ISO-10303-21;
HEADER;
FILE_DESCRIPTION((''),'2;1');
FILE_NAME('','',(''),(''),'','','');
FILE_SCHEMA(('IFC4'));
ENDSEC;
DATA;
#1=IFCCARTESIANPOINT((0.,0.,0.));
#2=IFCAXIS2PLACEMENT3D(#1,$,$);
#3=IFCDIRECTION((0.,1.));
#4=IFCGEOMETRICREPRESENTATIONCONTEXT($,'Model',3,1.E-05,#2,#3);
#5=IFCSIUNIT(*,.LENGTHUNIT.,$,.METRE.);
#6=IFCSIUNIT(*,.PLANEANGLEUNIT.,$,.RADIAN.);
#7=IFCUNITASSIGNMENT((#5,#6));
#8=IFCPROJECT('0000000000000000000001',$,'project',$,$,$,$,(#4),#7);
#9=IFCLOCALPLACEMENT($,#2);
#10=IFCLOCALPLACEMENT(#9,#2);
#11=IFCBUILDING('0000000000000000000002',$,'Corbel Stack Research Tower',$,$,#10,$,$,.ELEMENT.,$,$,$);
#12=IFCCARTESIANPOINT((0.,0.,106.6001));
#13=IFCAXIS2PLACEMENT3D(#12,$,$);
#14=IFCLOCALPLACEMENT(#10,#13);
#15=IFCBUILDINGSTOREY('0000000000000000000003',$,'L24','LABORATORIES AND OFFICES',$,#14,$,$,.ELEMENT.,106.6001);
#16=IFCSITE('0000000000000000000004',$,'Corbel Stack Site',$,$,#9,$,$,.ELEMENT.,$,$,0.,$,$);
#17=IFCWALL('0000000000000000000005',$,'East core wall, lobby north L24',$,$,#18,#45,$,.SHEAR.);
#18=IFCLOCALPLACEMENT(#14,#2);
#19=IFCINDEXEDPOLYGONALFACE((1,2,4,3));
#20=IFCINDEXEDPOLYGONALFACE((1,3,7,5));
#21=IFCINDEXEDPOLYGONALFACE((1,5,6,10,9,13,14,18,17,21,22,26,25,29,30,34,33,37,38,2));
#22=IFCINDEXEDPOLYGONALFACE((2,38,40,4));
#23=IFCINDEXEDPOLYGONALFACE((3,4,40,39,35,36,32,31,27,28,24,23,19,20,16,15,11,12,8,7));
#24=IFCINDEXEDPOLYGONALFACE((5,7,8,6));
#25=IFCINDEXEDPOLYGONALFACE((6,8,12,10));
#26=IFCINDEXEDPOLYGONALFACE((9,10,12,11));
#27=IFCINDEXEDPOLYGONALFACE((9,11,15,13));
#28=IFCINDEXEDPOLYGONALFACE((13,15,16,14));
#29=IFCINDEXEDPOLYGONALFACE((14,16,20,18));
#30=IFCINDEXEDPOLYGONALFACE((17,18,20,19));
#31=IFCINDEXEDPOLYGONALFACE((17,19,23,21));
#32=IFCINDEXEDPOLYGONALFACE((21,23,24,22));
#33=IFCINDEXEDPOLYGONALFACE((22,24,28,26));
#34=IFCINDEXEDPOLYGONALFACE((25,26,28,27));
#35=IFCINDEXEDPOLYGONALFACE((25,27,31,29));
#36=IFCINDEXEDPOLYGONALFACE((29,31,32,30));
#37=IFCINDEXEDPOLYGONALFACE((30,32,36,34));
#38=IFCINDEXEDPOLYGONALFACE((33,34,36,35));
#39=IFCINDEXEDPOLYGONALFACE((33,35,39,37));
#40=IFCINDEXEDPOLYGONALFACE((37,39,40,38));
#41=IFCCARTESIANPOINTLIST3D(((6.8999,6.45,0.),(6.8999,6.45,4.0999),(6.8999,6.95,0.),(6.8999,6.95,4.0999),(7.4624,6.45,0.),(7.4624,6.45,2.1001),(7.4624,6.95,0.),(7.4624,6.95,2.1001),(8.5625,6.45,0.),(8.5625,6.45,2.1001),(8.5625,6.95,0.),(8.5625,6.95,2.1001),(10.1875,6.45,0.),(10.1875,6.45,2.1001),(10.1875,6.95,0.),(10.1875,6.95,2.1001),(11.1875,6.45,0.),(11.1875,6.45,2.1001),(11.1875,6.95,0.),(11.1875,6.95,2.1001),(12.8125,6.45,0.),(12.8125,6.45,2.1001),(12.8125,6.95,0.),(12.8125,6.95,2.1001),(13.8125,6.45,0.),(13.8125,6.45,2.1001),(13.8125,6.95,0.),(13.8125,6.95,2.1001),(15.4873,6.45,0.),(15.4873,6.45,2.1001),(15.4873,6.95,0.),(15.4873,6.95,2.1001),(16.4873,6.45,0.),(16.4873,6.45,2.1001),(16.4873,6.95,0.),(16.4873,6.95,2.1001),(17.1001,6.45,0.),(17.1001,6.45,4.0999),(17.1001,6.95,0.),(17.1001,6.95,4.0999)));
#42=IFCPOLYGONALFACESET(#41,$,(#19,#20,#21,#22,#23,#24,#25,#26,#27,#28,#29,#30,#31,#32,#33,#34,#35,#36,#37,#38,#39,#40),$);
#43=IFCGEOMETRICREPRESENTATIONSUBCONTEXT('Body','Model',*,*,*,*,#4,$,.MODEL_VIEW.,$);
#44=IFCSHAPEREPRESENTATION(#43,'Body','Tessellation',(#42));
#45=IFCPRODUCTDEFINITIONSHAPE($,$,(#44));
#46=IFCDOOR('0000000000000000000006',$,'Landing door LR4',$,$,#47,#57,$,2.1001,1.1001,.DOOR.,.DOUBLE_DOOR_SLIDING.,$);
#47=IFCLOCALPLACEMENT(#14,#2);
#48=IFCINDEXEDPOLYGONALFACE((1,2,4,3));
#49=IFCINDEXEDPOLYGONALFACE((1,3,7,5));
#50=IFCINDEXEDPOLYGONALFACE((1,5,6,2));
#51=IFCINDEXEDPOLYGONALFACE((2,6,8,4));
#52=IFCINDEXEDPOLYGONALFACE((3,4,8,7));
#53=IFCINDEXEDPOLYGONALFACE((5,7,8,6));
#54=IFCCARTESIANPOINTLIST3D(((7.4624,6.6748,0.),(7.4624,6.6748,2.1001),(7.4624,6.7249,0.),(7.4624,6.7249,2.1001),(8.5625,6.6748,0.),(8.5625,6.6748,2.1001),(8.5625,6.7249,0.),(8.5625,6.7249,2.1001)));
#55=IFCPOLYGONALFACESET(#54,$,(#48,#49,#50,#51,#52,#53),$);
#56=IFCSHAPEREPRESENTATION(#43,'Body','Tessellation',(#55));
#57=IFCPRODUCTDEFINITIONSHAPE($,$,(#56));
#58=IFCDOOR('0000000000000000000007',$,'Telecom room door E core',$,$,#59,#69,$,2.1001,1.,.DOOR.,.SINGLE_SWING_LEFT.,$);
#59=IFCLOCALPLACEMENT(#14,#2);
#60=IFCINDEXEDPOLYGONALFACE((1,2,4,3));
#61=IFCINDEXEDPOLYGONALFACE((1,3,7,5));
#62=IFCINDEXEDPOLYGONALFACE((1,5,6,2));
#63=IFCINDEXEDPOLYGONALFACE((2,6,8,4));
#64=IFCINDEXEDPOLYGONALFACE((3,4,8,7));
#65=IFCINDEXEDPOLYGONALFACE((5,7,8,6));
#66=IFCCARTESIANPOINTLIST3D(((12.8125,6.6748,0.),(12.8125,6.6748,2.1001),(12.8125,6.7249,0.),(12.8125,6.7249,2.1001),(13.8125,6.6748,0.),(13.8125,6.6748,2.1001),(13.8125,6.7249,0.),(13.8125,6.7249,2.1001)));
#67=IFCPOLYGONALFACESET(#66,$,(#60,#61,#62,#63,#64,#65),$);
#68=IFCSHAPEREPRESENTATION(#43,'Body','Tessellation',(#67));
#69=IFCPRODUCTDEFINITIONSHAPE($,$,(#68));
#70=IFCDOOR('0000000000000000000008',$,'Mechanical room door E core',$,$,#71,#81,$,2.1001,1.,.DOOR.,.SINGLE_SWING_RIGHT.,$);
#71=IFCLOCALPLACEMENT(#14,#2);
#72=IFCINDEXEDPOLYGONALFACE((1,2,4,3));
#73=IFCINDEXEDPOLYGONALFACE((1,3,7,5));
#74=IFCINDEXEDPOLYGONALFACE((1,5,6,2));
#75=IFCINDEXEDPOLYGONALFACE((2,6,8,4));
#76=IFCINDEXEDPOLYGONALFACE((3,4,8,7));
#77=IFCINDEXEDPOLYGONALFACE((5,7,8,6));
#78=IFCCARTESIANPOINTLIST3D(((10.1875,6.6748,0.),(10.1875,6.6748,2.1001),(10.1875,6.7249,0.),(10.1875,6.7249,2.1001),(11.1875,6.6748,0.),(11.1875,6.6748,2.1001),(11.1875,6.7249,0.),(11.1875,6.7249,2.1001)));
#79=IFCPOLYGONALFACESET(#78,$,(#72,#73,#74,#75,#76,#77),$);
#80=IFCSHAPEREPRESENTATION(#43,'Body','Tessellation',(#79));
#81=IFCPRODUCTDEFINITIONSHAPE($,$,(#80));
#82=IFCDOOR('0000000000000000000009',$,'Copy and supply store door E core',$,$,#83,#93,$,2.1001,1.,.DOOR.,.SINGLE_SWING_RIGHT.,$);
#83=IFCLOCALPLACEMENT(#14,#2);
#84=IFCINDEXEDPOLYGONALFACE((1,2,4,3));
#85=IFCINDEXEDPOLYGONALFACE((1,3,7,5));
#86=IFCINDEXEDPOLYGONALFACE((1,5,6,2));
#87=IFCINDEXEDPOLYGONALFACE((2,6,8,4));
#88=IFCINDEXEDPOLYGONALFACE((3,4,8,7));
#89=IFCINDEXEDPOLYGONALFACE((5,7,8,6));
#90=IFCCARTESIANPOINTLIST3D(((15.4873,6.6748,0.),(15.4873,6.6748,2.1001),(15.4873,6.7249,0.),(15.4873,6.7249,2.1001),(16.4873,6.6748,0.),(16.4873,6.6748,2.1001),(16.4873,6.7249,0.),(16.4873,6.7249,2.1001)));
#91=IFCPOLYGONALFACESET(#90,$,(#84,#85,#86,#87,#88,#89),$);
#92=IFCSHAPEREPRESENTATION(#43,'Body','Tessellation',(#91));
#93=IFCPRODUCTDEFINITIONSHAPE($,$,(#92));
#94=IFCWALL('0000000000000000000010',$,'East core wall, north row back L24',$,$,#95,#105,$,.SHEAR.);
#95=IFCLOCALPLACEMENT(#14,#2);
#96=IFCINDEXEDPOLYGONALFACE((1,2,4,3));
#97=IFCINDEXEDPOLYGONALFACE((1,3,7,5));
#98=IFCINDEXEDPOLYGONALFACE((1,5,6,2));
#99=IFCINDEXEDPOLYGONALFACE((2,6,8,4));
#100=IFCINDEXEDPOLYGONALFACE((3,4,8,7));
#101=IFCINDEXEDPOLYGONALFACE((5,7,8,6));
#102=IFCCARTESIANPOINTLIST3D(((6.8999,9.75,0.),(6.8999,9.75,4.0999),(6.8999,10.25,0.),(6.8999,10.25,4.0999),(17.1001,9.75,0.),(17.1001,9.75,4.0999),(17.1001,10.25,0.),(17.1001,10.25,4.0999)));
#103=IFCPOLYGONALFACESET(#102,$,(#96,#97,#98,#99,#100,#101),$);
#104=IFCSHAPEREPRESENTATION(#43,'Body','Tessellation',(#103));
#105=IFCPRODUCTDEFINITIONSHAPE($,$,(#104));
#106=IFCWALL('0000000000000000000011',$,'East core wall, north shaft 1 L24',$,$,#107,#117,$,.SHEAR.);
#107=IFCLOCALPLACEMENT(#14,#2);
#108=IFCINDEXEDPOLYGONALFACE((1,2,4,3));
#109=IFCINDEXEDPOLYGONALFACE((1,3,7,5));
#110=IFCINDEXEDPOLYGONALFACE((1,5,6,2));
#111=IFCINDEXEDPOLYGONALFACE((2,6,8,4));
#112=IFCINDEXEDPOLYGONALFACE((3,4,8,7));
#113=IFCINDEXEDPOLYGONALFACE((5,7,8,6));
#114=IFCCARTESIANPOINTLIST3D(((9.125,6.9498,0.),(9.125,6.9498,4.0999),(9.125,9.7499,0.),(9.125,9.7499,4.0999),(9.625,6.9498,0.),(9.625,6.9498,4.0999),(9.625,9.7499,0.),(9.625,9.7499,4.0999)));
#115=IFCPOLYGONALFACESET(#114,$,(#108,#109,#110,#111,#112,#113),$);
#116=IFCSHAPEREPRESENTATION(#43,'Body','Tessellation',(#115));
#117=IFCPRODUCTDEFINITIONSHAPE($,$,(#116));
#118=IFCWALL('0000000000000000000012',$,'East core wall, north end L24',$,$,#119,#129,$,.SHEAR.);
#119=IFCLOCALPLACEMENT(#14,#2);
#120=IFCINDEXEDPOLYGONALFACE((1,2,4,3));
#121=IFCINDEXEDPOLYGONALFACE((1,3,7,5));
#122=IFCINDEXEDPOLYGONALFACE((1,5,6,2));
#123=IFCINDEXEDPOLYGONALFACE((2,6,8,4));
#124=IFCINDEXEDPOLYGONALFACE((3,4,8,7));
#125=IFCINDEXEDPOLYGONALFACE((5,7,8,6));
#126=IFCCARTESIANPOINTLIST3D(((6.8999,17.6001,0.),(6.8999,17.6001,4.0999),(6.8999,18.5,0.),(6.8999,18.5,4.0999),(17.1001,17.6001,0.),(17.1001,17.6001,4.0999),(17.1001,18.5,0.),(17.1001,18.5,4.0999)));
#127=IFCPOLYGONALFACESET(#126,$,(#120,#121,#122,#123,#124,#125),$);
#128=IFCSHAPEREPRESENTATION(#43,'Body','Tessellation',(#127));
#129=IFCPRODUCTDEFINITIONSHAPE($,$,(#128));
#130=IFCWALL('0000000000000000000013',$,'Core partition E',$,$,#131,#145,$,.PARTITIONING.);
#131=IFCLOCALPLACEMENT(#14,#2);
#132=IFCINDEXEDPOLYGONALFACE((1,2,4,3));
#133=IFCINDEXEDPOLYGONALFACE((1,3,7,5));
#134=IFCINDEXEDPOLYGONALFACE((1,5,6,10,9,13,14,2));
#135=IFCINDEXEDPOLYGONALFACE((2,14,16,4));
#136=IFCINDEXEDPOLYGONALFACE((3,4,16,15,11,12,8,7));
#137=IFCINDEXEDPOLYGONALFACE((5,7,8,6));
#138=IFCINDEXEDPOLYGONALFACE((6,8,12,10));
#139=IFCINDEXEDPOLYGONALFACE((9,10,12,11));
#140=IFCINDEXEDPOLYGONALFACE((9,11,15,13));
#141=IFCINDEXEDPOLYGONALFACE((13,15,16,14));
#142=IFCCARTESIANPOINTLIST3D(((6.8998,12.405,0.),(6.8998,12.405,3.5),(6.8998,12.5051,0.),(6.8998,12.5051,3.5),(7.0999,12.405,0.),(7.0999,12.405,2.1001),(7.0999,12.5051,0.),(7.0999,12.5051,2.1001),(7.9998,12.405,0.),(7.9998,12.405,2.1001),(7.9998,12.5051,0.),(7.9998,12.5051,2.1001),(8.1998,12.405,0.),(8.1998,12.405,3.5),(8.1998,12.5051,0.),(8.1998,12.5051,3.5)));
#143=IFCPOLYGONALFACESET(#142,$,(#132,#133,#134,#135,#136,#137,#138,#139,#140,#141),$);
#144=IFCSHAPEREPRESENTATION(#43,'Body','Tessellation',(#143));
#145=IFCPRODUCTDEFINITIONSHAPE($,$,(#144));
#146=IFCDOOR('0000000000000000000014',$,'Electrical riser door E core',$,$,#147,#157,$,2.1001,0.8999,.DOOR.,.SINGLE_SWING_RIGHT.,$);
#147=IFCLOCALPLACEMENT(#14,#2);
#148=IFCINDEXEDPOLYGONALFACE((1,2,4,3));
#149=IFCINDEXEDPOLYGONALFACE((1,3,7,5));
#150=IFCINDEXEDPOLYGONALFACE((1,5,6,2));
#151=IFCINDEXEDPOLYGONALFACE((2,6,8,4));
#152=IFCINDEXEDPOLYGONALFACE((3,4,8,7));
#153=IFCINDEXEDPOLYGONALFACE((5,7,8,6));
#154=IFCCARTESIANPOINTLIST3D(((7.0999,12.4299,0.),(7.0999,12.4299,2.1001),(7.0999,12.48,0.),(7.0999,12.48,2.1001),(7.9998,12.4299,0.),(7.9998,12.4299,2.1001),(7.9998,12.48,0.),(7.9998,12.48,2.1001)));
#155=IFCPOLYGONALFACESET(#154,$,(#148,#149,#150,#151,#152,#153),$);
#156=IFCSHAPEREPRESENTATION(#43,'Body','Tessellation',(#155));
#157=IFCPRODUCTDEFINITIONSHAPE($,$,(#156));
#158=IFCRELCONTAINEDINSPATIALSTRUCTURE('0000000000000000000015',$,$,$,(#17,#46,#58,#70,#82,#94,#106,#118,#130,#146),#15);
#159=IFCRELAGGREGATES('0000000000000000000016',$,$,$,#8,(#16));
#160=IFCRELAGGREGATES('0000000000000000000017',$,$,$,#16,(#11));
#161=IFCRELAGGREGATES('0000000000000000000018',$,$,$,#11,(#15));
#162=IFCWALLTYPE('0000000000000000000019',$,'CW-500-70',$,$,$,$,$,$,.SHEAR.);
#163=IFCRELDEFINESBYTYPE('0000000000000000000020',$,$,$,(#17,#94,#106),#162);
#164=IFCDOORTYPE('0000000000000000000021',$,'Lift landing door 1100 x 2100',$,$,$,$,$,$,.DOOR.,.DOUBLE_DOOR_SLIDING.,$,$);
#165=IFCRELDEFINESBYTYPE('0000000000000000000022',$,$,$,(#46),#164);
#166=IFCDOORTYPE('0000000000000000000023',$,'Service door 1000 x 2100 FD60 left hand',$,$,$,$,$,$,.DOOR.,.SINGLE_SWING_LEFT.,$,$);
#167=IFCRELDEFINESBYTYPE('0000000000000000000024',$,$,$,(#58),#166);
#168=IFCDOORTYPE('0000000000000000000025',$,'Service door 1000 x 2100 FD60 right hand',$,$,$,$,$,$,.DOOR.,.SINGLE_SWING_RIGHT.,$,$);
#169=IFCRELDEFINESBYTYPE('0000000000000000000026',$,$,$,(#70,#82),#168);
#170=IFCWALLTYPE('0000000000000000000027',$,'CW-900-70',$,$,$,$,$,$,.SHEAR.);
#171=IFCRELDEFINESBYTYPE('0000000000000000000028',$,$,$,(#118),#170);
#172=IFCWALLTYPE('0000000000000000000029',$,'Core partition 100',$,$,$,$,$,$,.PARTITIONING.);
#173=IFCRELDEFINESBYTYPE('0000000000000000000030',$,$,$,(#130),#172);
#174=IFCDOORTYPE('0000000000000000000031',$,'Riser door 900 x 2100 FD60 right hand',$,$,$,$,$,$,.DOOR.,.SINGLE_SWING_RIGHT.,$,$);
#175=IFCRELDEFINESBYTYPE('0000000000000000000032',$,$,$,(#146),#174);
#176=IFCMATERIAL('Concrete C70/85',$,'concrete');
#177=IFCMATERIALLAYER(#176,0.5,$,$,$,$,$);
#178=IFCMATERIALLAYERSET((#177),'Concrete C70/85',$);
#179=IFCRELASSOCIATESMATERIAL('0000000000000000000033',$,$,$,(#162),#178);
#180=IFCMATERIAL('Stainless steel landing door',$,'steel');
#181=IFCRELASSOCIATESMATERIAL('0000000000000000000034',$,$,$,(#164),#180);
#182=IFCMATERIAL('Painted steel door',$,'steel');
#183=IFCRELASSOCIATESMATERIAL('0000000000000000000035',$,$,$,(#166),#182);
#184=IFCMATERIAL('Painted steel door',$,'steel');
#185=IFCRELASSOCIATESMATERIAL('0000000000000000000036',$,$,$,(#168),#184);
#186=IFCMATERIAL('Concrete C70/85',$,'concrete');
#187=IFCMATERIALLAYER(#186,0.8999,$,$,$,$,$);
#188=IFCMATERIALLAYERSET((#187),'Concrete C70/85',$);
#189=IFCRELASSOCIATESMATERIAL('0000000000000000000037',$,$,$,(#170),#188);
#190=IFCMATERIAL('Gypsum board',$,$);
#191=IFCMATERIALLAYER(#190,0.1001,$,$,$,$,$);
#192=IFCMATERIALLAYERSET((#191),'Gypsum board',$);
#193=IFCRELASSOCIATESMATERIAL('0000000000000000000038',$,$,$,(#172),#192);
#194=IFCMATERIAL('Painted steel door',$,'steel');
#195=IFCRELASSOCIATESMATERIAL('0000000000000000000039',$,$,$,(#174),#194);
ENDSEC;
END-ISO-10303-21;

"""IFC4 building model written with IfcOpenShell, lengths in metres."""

from ifc_helpers import new_model, si_unit, direction, frame, frame_2d, origin, place, context, subcontext, project, spatial, rectangle, extrude, material, layer, layer_set, type_object, element, fill, save


model = new_model("IFC4")

# Units and contexts
model_context = context("Model", 3, precision=1e-05, world=origin(), true_north=direction((0.0, 1.0)))
body_context = subcontext(model_context, "Body", "Model", "MODEL_VIEW")
ifc_project = project(units=[si_unit("LENGTHUNIT", "METRE"), si_unit("PLANEANGLEUNIT", "RADIAN")], contexts=[model_context])

# Site, building, storey
site_placement = place(None, origin())
site = spatial("IfcSite", under=ifc_project, at=site_placement, Name="Corbel Stack Site", CompositionType="ELEMENT", RefElevation=0.0)
building_placement = place(site_placement, origin())
building = spatial("IfcBuilding", under=site, at=building_placement, Name="Corbel Stack Research Tower", CompositionType="ELEMENT")
storey_placement = place(building_placement, frame((0.0, 0.0, 106.6001)))
storey = spatial("IfcBuildingStorey", under=building, at=storey_placement, Name="L24", Description="LABORATORIES AND OFFICES", CompositionType="ELEMENT", Elevation=106.6001)

# Wall, openings, doors
ifc_material_1 = material(Name="Concrete C70/85", Category="concrete")
ifc_layer_1 = layer(ifc_material_1, 0.5)
ifc_layer_set_1 = layer_set([ifc_layer_1], Name="Concrete C70/85")
wall_type_1 = type_object("IfcWallType", Name="CW-500-70", PredefinedType="SHEAR", material=ifc_layer_set_1)
wall_1_placement = place(storey_placement, frame((6.8999, 6.7, 0.0), z_axis=(0.0, 0.0, 1.0), x_axis=(1.0, 0.0, 0.0)))
wall_1 = element("IfcWall", 1, at=wall_1_placement, inside=storey, type_object=wall_type_1, Name="East core wall, lobby north L24", PredefinedType="SHEAR", context=body_context, shape_type="SweptSolid", body=[
    extrude(rectangle(XDim=10.2002, YDim=0.5, at=frame_2d((5.1001, 0.0))), origin(), (0.0, 0.0, 1.0), 4.0999),
])
opening_1_placement = place(wall_1_placement, frame((0.5625, 0.0, 0.0)))
opening_1 = element("IfcOpeningElement", 2, at=opening_1_placement, cuts=wall_1, PredefinedType="OPENING", context=body_context, shape_type="SweptSolid", body=[
    extrude(rectangle(XDim=1.1001, YDim=2.1001, at=frame_2d((0.55, 1.05))), frame((0.0, 0.26, 0.0), z_axis=(0.0, -1.0, 0.0), x_axis=(1.0, 0.0, 0.0)), (0.0, 0.0, 1.0), 0.52),
])
opening_2_placement = place(wall_1_placement, frame((3.2876, 0.0, 0.0)))
opening_2 = element("IfcOpeningElement", 3, at=opening_2_placement, cuts=wall_1, PredefinedType="OPENING", context=body_context, shape_type="SweptSolid", body=[
    extrude(rectangle(XDim=1.0, YDim=2.1001, at=frame_2d((0.5, 1.05))), frame((0.0, 0.26, 0.0), z_axis=(0.0, -1.0, 0.0), x_axis=(1.0, 0.0, 0.0)), (0.0, 0.0, 1.0), 0.52),
])
opening_3_placement = place(wall_1_placement, frame((5.9126, 0.0, 0.0)))
opening_3 = element("IfcOpeningElement", 4, at=opening_3_placement, cuts=wall_1, PredefinedType="OPENING", context=body_context, shape_type="SweptSolid", body=[
    extrude(rectangle(XDim=1.0, YDim=2.1001, at=frame_2d((0.5, 1.05))), frame((0.0, 0.26, 0.0), z_axis=(0.0, -1.0, 0.0), x_axis=(1.0, 0.0, 0.0)), (0.0, 0.0, 1.0), 0.52),
])
opening_4_placement = place(wall_1_placement, frame((8.5874, 0.0, 0.0)))
opening_4 = element("IfcOpeningElement", 5, at=opening_4_placement, cuts=wall_1, PredefinedType="OPENING", context=body_context, shape_type="SweptSolid", body=[
    extrude(rectangle(XDim=1.0, YDim=2.1001, at=frame_2d((0.5, 1.05))), frame((0.0, 0.26, 0.0), z_axis=(0.0, -1.0, 0.0), x_axis=(1.0, 0.0, 0.0)), (0.0, 0.0, 1.0), 0.52),
])
ifc_material_2 = material(Name="Stainless steel landing door", Category="steel")
door_type_1 = type_object("IfcDoorType", Name="Lift landing door 1100 x 2100", OperationType="DOUBLE_DOOR_SLIDING", PredefinedType="DOOR", material=ifc_material_2)
door_1_placement = place(opening_1_placement, origin())
door_1 = element("IfcDoor", 6, at=door_1_placement, inside=storey, type_object=door_type_1, Name="Landing door LR4", OperationType="DOUBLE_DOOR_SLIDING", OverallHeight=2.1001, OverallWidth=1.1001, PredefinedType="DOOR", context=body_context, shape_type="SweptSolid", body=[
    extrude(rectangle(XDim=1.1001, YDim=2.1001, at=frame_2d((0.55, 1.05))), frame((0.0, 0.0249, 0.0), z_axis=(0.0, -1.0, 0.0), x_axis=(1.0, 0.0, 0.0)), (0.0, 0.0, 1.0), 0.05),
])
fill(opening_1, door_1)
ifc_material_3 = material(Name="Painted steel door", Category="steel")
door_type_2 = type_object("IfcDoorType", Name="Service door 1000 x 2100 FD60 left hand", OperationType="SINGLE_SWING_LEFT", PredefinedType="DOOR", material=ifc_material_3)
door_2_placement = place(opening_3_placement, origin())
door_2 = element("IfcDoor", 7, at=door_2_placement, inside=storey, type_object=door_type_2, Name="Telecom room door E core", OperationType="SINGLE_SWING_LEFT", OverallHeight=2.1001, OverallWidth=1.0, PredefinedType="DOOR", context=body_context, shape_type="SweptSolid", body=[
    extrude(rectangle(XDim=1.0, YDim=2.1001, at=frame_2d((0.5, 1.05))), frame((0.0, 0.0249, 0.0), z_axis=(0.0, -1.0, 0.0), x_axis=(1.0, 0.0, 0.0)), (0.0, 0.0, 1.0), 0.05),
])
fill(opening_3, door_2)
ifc_material_4 = material(Name="Painted steel door", Category="steel")
door_type_3 = type_object("IfcDoorType", Name="Service door 1000 x 2100 FD60 right hand", OperationType="SINGLE_SWING_RIGHT", PredefinedType="DOOR", material=ifc_material_4)
door_3_placement = place(opening_2_placement, origin())
door_3 = element("IfcDoor", 8, at=door_3_placement, inside=storey, type_object=door_type_3, Name="Mechanical room door E core", OperationType="SINGLE_SWING_RIGHT", OverallHeight=2.1001, OverallWidth=1.0, PredefinedType="DOOR", context=body_context, shape_type="SweptSolid", body=[
    extrude(rectangle(XDim=1.0, YDim=2.1001, at=frame_2d((0.5, 1.05))), frame((0.0, 0.0249, 0.0), z_axis=(0.0, -1.0, 0.0), x_axis=(1.0, 0.0, 0.0)), (0.0, 0.0, 1.0), 0.05),
])
fill(opening_2, door_3)
door_4_placement = place(opening_4_placement, origin())
door_4 = element("IfcDoor", 9, at=door_4_placement, inside=storey, type_object=door_type_3, Name="Copy and supply store door E core", OperationType="SINGLE_SWING_RIGHT", OverallHeight=2.1001, OverallWidth=1.0, PredefinedType="DOOR", context=body_context, shape_type="SweptSolid", body=[
    extrude(rectangle(XDim=1.0, YDim=2.1001, at=frame_2d((0.5, 1.05))), frame((0.0, 0.0249, 0.0), z_axis=(0.0, -1.0, 0.0), x_axis=(1.0, 0.0, 0.0)), (0.0, 0.0, 1.0), 0.05),
])
fill(opening_4, door_4)

# Walls
wall_2_placement = place(storey_placement, frame((6.8999, 10.0, 0.0), z_axis=(0.0, 0.0, 1.0), x_axis=(1.0, 0.0, 0.0)))
element("IfcWall", 10, at=wall_2_placement, inside=storey, type_object=wall_type_1, Name="East core wall, north row back L24", PredefinedType="SHEAR", context=body_context, shape_type="SweptSolid", body=[
    extrude(rectangle(XDim=10.2002, YDim=0.5, at=frame_2d((5.1001, 0.0))), origin(), (0.0, 0.0, 1.0), 4.0999),
])
wall_3_placement = place(storey_placement, frame((9.375, 6.95, 0.0), z_axis=(0.0, 0.0, 1.0), x_axis=(0.0, 1.0, 0.0)))
element("IfcWall", 11, at=wall_3_placement, inside=storey, type_object=wall_type_1, Name="East core wall, north shaft 1 L24", PredefinedType="SHEAR", context=body_context, shape_type="SweptSolid", body=[
    extrude(rectangle(XDim=2.8, YDim=0.5, at=frame_2d((1.3999, 0.0))), origin(), (0.0, 0.0, 1.0), 4.0999),
])
ifc_material_5 = material(Name="Concrete C70/85", Category="concrete")
ifc_layer_2 = layer(ifc_material_5, 0.8999)
ifc_layer_set_2 = layer_set([ifc_layer_2], Name="Concrete C70/85")
wall_type_2 = type_object("IfcWallType", Name="CW-900-70", PredefinedType="SHEAR", material=ifc_layer_set_2)
wall_4_placement = place(storey_placement, frame((6.8999, 18.05, 0.0), z_axis=(0.0, 0.0, 1.0), x_axis=(1.0, 0.0, 0.0)))
element("IfcWall", 12, at=wall_4_placement, inside=storey, type_object=wall_type_2, Name="East core wall, north end L24", PredefinedType="SHEAR", context=body_context, shape_type="SweptSolid", body=[
    extrude(rectangle(XDim=10.2002, YDim=0.8999, at=frame_2d((5.1001, 0.0))), origin(), (0.0, 0.0, 1.0), 4.0999),
])

# Wall, opening, door
ifc_material_6 = material(Name="Gypsum board")
ifc_layer_3 = layer(ifc_material_6, 0.1001)
ifc_layer_set_3 = layer_set([ifc_layer_3], Name="Gypsum board")
wall_type_3 = type_object("IfcWallType", Name="Core partition 100", PredefinedType="PARTITIONING", material=ifc_layer_set_3)
wall_5_placement = place(storey_placement, frame((6.8999, 12.4551, 0.0), z_axis=(0.0, 0.0, 1.0), x_axis=(1.0, 0.0, 0.0)))
wall_5 = element("IfcWall", 13, at=wall_5_placement, inside=storey, type_object=wall_type_3, Name="Core partition E", PredefinedType="PARTITIONING", context=body_context, shape_type="SweptSolid", body=[
    extrude(rectangle(XDim=1.3, YDim=0.1001, at=frame_2d((0.6499, 0.0))), origin(), (0.0, 0.0, 1.0), 3.5),
])
opening_5_placement = place(wall_5_placement, frame((0.2, 0.0, 0.0)))
opening_5 = element("IfcOpeningElement", 14, at=opening_5_placement, cuts=wall_5, PredefinedType="OPENING", context=body_context, shape_type="SweptSolid", body=[
    extrude(rectangle(XDim=0.8999, YDim=2.1001, at=frame_2d((0.45, 1.05))), frame((0.0, 0.0601, 0.0), z_axis=(0.0, -1.0, 0.0), x_axis=(1.0, 0.0, 0.0)), (0.0, 0.0, 1.0), 0.1201),
])
ifc_material_7 = material(Name="Painted steel door", Category="steel")
door_type_4 = type_object("IfcDoorType", Name="Riser door 900 x 2100 FD60 right hand", OperationType="SINGLE_SWING_RIGHT", PredefinedType="DOOR", material=ifc_material_7)
door_5_placement = place(opening_5_placement, origin())
door_5 = element("IfcDoor", 15, at=door_5_placement, inside=storey, type_object=door_type_4, Name="Electrical riser door E core", OperationType="SINGLE_SWING_RIGHT", OverallHeight=2.1001, OverallWidth=0.8999, PredefinedType="DOOR", context=body_context, shape_type="SweptSolid", body=[
    extrude(rectangle(XDim=0.8999, YDim=2.1001, at=frame_2d((0.45, 1.05))), frame((0.0, 0.0249, 0.0), z_axis=(0.0, -1.0, 0.0), x_axis=(1.0, 0.0, 0.0)), (0.0, 0.0, 1.0), 0.05),
])
fill(opening_5, door_5)

save(model, "model.ifc")
